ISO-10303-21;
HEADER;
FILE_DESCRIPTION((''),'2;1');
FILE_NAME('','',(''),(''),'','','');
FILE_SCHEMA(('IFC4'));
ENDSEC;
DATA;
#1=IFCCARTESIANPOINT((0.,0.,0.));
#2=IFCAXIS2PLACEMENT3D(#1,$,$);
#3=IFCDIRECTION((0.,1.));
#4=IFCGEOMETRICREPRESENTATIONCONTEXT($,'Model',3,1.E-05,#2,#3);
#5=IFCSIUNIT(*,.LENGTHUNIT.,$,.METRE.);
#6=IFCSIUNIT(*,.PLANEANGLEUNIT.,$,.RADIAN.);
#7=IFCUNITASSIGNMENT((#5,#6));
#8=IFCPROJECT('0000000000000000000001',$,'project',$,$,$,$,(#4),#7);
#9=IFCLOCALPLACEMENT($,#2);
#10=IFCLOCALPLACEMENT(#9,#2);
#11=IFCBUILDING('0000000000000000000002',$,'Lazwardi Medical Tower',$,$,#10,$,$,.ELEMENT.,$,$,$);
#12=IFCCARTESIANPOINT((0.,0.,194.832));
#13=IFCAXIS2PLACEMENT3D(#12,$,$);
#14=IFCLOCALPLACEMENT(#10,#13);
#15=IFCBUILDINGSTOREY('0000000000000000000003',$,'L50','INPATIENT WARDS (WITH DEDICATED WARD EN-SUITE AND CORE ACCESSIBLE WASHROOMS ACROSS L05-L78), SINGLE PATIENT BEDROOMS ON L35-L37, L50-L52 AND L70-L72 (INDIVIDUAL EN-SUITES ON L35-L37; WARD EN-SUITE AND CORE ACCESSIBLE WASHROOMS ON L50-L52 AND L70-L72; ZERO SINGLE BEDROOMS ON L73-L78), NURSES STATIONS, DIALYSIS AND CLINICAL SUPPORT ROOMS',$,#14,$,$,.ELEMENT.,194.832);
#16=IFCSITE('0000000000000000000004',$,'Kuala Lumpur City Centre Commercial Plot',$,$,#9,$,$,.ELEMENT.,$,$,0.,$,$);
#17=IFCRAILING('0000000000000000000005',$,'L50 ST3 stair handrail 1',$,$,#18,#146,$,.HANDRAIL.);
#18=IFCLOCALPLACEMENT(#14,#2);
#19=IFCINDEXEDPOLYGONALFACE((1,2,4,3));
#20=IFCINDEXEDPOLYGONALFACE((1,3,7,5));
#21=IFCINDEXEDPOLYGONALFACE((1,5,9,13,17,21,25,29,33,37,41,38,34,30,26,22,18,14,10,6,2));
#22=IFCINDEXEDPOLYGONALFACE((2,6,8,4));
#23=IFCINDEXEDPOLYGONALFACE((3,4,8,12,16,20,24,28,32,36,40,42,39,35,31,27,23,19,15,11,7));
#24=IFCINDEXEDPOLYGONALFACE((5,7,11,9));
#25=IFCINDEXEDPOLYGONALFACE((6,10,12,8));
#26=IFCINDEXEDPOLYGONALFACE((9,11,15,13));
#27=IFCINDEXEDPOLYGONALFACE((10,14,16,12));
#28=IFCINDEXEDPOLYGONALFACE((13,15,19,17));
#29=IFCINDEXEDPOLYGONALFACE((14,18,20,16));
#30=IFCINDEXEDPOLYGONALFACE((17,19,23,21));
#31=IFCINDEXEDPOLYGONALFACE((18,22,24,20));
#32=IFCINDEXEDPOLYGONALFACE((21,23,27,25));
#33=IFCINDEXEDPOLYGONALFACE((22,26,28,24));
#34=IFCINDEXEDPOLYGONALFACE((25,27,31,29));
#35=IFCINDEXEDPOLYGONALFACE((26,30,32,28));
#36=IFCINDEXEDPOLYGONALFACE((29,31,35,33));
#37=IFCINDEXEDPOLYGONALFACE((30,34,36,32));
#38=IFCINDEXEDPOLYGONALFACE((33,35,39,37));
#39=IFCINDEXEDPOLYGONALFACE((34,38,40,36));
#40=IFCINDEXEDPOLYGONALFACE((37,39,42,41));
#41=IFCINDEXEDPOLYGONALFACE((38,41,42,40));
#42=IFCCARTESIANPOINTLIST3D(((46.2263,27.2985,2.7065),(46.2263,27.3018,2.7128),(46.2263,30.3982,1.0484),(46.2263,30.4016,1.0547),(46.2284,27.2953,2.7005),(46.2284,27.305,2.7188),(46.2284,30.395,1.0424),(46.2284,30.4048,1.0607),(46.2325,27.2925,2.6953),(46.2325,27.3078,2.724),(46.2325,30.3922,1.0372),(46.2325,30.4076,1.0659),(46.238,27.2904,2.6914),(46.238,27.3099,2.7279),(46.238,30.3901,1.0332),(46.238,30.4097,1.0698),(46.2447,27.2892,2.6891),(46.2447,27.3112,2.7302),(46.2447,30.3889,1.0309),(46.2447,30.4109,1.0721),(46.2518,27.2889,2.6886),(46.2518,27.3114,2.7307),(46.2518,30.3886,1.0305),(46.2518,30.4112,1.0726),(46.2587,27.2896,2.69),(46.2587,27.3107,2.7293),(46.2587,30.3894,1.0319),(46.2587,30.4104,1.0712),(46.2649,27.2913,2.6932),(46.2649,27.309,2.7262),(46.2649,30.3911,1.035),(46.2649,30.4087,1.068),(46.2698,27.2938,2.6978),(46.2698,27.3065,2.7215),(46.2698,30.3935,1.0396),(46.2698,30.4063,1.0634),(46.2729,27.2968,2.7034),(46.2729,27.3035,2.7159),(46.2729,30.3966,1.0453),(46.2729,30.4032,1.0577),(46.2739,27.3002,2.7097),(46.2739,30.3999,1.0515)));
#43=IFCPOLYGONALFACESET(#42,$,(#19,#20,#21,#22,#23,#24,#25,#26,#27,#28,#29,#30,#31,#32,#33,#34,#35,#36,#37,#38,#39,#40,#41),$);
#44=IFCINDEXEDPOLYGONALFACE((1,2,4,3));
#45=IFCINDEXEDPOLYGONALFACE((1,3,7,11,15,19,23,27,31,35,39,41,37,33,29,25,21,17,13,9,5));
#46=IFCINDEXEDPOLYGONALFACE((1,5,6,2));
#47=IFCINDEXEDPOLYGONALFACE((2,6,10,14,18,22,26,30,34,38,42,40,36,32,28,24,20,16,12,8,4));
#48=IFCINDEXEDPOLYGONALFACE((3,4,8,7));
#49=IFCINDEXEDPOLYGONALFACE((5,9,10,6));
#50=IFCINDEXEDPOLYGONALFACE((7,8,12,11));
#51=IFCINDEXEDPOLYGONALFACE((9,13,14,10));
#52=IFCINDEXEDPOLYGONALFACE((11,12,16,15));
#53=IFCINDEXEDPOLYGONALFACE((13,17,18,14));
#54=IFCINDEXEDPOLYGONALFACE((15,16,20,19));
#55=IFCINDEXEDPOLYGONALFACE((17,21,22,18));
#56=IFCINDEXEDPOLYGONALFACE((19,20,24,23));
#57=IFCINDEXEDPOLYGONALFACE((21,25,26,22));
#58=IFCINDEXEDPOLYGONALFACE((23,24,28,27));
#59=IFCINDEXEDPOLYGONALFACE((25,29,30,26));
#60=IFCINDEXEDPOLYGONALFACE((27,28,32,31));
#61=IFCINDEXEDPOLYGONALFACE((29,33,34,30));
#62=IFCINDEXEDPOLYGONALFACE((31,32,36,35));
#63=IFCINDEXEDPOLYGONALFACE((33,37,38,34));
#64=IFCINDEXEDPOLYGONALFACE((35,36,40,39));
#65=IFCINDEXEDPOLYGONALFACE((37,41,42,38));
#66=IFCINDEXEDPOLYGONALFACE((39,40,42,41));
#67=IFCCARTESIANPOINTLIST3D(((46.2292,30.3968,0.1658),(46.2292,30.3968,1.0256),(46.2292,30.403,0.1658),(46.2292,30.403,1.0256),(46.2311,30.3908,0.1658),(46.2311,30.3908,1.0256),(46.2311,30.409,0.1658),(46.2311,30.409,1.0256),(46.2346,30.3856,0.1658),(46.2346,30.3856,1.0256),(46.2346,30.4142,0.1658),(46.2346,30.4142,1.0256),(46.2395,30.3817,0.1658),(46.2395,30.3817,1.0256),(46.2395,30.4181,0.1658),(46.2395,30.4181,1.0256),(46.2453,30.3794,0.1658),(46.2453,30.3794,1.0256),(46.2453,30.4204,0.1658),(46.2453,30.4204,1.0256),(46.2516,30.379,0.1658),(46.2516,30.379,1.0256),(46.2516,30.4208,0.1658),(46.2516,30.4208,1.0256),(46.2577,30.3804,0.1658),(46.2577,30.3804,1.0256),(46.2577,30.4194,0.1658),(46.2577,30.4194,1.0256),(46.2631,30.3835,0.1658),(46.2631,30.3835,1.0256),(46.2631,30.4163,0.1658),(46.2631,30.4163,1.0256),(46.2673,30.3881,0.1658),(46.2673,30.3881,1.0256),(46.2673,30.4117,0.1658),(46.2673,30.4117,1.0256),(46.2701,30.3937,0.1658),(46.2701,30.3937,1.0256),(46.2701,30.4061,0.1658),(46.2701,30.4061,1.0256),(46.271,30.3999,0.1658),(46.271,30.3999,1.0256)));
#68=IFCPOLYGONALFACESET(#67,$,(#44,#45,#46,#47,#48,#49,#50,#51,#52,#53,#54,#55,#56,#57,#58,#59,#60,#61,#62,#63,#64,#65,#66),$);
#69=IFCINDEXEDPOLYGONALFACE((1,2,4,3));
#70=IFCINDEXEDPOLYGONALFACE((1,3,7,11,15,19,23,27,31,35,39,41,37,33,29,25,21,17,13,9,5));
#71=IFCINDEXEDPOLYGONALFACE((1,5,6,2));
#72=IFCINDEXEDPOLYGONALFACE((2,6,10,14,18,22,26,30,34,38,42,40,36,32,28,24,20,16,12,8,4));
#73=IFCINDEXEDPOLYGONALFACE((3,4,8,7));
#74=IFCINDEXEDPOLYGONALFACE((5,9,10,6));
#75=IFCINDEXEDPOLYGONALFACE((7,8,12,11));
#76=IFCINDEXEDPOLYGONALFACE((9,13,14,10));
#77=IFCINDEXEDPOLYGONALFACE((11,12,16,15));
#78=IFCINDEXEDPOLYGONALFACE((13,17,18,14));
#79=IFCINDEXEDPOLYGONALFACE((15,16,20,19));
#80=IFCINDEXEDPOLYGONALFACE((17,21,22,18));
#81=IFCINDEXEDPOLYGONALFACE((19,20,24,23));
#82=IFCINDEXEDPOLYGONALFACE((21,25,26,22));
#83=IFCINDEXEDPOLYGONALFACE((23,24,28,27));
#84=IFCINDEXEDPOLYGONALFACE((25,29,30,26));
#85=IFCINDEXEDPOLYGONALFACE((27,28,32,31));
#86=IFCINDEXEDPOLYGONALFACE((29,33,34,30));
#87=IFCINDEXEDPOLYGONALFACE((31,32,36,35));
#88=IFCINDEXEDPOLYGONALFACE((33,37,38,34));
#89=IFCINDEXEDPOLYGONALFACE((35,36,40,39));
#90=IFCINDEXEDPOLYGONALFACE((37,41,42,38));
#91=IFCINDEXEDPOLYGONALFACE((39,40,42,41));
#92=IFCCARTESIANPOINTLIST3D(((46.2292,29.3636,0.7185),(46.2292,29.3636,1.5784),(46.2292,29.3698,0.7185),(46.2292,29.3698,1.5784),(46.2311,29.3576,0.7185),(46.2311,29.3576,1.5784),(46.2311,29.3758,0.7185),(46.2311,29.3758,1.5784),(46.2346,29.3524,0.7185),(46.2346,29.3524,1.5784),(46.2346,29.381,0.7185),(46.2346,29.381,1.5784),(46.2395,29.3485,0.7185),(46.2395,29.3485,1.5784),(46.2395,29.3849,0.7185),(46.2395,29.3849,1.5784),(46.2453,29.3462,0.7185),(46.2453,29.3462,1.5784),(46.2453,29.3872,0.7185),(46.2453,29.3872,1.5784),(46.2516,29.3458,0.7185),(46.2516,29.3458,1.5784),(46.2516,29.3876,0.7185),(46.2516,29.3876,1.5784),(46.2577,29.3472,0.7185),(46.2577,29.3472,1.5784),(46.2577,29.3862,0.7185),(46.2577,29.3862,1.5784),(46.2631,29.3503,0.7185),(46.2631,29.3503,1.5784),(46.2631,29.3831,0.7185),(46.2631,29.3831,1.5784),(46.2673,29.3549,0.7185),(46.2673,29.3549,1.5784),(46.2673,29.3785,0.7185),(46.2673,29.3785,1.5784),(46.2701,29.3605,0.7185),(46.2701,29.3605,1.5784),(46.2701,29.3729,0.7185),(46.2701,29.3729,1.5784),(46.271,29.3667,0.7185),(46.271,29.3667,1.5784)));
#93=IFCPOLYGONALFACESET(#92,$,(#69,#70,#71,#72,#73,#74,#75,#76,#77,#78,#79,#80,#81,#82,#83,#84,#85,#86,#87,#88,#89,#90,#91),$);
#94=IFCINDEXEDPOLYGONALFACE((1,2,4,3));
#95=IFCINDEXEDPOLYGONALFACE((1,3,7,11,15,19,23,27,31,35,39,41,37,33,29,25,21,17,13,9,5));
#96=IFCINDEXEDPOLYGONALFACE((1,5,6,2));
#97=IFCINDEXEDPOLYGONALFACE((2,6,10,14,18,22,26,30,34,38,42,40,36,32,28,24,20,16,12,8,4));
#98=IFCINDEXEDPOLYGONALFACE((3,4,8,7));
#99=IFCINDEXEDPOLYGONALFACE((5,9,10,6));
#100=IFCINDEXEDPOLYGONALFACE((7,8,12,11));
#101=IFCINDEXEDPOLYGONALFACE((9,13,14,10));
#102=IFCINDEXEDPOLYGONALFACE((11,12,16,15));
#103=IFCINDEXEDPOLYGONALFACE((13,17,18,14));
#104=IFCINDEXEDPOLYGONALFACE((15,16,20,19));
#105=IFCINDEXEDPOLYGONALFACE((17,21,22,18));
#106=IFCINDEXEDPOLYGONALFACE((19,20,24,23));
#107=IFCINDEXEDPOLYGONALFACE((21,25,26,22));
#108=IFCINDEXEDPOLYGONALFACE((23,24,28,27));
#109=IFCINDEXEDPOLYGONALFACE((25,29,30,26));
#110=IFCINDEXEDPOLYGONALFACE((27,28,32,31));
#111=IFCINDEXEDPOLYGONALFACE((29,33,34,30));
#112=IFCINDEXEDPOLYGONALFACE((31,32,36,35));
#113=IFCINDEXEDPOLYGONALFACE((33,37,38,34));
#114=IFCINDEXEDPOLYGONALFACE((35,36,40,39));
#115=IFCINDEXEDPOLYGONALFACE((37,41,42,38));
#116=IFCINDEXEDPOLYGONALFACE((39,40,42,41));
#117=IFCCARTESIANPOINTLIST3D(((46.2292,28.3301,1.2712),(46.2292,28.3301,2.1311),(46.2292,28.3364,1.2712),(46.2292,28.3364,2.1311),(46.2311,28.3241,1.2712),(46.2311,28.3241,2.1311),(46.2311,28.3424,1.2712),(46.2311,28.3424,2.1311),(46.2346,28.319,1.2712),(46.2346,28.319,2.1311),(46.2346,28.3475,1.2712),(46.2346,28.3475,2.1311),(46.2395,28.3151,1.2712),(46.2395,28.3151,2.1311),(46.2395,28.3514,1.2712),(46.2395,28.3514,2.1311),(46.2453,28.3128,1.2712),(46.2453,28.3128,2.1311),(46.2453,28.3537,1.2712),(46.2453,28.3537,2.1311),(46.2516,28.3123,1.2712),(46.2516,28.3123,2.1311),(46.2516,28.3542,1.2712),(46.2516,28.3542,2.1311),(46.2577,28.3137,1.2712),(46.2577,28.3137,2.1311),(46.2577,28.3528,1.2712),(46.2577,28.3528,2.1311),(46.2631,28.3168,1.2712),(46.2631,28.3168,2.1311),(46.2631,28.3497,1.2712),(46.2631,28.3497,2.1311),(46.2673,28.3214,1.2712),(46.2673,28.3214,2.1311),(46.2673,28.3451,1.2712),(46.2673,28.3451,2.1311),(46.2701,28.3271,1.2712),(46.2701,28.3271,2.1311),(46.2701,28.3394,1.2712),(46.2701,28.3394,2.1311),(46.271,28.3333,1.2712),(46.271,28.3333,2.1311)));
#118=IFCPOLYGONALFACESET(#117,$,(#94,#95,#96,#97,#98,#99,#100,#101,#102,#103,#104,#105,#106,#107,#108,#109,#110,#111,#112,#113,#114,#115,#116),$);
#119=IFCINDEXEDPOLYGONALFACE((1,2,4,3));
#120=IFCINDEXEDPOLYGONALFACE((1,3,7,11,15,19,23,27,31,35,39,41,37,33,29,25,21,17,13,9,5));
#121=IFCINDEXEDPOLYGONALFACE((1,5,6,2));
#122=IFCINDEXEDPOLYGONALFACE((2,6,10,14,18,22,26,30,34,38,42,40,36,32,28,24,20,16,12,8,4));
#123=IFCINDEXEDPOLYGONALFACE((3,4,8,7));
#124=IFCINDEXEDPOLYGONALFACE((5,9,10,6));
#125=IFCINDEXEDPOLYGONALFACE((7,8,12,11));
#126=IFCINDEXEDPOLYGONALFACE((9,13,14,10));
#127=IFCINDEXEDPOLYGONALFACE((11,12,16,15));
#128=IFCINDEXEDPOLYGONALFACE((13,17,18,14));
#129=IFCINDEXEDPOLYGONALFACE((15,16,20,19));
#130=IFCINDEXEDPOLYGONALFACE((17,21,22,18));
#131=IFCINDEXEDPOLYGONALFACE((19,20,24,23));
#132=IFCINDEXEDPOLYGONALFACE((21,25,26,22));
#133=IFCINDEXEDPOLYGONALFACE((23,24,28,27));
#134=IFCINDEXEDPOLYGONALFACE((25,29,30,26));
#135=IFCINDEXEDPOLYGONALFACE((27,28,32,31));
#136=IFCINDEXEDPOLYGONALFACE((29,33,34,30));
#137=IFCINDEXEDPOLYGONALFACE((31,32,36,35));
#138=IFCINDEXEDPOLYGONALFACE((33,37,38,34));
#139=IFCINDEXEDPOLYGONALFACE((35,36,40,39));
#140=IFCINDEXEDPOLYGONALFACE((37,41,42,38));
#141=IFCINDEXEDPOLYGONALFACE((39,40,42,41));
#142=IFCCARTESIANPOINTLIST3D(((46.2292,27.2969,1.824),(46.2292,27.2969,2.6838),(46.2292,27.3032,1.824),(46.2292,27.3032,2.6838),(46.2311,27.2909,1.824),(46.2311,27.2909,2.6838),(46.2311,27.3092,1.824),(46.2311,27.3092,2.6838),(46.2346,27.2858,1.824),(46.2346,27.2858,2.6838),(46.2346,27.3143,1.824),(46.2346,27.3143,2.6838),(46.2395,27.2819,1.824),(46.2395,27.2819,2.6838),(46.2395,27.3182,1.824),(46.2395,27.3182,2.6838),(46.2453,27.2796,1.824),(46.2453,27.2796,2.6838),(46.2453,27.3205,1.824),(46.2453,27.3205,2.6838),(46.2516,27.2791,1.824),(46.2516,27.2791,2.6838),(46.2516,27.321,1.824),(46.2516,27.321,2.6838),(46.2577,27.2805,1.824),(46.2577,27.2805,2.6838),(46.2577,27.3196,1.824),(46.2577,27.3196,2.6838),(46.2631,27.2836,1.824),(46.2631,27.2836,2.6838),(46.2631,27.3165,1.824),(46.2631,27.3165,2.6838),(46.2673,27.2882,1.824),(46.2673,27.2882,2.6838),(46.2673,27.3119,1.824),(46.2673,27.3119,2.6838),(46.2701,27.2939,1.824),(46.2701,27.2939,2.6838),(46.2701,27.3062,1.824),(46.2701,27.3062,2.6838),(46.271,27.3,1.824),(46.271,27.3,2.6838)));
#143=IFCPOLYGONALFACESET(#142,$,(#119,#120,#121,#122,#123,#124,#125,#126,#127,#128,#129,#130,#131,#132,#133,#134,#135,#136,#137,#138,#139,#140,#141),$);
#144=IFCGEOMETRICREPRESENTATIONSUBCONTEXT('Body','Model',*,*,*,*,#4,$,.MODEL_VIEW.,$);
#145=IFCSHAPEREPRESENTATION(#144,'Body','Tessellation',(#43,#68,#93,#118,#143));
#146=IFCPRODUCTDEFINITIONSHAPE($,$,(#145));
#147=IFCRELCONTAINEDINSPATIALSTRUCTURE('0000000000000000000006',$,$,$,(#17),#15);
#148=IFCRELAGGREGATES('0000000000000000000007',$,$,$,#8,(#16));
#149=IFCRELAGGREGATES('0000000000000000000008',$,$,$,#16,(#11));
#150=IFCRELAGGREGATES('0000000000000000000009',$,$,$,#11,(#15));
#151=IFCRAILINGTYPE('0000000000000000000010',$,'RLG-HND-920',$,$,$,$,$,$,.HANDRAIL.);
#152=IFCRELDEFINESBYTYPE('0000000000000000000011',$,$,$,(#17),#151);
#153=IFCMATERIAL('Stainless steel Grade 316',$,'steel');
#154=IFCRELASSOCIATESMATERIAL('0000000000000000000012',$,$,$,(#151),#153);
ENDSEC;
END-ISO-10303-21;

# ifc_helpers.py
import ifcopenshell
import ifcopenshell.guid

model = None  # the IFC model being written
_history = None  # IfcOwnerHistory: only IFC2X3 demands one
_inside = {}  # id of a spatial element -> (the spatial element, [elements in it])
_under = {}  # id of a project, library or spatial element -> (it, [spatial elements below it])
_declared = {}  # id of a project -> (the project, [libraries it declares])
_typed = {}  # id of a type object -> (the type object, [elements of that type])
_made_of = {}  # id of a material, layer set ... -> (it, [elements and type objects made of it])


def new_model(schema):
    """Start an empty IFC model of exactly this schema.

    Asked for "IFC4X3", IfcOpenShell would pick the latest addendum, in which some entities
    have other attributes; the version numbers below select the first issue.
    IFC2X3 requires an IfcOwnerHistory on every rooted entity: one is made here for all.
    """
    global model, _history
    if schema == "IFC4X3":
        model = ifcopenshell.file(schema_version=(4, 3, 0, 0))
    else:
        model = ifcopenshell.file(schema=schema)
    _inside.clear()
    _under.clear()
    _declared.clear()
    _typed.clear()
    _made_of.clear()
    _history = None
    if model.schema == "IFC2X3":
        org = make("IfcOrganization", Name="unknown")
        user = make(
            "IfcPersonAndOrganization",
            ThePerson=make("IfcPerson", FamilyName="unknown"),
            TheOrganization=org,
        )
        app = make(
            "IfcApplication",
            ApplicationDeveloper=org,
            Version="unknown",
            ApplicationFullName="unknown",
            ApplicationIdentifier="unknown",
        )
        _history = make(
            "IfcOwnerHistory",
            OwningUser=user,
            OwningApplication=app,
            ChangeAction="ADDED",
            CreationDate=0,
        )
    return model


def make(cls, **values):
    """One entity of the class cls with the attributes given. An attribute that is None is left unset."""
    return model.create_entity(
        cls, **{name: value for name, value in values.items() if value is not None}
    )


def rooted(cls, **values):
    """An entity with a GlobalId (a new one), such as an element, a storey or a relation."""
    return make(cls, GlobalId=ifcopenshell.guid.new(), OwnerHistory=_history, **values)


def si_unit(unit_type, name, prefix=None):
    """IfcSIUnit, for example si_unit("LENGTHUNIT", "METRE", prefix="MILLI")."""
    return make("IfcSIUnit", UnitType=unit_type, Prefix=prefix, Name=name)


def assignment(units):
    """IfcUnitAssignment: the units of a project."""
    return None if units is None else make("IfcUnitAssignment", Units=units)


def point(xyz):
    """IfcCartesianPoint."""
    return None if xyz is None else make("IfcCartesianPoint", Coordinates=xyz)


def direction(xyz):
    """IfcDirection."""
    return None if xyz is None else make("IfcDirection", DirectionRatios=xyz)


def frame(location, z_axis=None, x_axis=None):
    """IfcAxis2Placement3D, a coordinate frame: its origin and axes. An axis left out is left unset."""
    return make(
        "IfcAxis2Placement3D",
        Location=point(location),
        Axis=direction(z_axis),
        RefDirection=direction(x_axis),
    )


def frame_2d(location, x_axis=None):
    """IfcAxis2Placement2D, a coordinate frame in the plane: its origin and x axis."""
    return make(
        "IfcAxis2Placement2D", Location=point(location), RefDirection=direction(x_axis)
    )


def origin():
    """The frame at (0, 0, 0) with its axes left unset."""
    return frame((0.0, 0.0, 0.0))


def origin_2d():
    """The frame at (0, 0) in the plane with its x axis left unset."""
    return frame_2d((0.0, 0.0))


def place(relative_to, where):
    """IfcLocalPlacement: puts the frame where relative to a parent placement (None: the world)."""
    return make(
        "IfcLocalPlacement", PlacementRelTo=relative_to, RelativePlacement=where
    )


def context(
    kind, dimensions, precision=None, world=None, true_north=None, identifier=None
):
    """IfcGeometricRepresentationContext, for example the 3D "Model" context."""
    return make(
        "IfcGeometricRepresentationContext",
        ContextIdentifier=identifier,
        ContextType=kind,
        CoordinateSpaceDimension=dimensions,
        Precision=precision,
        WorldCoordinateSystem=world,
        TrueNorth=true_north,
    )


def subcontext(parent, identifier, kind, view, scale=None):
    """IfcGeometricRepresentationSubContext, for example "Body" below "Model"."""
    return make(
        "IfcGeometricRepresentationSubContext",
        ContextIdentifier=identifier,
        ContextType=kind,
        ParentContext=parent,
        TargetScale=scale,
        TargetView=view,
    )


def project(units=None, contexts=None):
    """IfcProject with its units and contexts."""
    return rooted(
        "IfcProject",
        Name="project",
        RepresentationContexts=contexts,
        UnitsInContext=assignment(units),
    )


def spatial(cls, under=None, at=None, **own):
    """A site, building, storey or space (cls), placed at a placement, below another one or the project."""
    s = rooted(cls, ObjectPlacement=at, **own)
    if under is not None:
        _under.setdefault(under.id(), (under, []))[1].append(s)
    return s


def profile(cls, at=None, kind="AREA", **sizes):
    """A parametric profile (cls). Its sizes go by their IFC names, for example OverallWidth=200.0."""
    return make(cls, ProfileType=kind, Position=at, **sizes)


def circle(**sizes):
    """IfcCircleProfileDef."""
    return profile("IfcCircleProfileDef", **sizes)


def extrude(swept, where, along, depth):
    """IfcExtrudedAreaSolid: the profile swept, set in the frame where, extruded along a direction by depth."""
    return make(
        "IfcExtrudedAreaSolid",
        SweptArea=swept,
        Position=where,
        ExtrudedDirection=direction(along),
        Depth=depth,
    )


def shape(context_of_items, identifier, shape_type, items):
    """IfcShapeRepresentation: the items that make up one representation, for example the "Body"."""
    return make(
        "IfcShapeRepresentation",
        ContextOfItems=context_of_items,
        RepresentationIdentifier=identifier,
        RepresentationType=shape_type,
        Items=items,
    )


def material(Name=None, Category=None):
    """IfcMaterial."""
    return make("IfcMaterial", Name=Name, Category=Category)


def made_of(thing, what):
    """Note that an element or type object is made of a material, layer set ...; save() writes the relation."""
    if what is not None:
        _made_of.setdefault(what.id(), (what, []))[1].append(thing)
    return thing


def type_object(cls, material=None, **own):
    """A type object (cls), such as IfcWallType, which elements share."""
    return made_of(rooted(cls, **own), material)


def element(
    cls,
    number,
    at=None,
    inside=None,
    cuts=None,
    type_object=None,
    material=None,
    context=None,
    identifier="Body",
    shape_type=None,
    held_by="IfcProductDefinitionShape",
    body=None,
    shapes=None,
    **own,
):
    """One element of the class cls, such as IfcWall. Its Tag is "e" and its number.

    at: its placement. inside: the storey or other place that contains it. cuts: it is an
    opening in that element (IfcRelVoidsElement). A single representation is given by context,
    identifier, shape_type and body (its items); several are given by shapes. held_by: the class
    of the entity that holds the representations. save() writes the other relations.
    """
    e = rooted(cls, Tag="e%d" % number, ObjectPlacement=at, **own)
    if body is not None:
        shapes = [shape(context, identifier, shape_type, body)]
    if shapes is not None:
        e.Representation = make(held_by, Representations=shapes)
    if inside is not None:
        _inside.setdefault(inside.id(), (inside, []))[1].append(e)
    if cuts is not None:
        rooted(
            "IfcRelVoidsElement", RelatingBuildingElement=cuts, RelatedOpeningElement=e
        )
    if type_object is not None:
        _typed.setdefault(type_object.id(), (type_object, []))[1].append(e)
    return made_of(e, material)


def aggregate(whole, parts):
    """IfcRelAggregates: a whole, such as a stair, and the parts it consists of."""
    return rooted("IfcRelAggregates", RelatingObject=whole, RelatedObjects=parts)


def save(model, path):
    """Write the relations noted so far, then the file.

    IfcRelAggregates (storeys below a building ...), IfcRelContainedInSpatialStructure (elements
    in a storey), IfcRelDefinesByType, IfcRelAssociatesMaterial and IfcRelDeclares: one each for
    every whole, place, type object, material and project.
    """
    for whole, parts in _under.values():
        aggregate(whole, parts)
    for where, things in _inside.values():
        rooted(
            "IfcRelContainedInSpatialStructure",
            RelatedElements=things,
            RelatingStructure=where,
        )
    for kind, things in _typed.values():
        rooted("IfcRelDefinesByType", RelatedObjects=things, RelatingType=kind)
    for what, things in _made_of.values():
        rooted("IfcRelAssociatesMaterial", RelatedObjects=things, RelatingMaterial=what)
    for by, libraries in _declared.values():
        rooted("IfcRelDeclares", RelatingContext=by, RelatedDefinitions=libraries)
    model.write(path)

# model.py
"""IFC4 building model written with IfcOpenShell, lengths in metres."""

from ifc_helpers import new_model, si_unit, direction, frame, origin, origin_2d, place, context, subcontext, project, spatial, circle, extrude, material, type_object, element, save


model = new_model("IFC4")

# Units and contexts
model_context = context("Model", 3, precision=1e-05, world=origin(), true_north=direction((0.0, 1.0)))
body_context = subcontext(model_context, "Body", "Model", "MODEL_VIEW")
ifc_project = project(units=[si_unit("LENGTHUNIT", "METRE"), si_unit("PLANEANGLEUNIT", "RADIAN")], contexts=[model_context])

# Site, building, storey
site_placement = place(None, origin())
site = spatial("IfcSite", under=ifc_project, at=site_placement, Name="Kuala Lumpur City Centre Commercial Plot", CompositionType="ELEMENT", RefElevation=0.0)
building_placement = place(site_placement, origin())
building = spatial("IfcBuilding", under=site, at=building_placement, Name="Lazwardi Medical Tower", CompositionType="ELEMENT")
storey_placement = place(building_placement, frame((0.0, 0.0, 194.832)))
storey = spatial("IfcBuildingStorey", under=building, at=storey_placement, Name="L50", Description="INPATIENT WARDS (WITH DEDICATED WARD EN-SUITE AND CORE ACCESSIBLE WASHROOMS ACROSS L05-L78), SINGLE PATIENT BEDROOMS ON L35-L37, L50-L52 AND L70-L72 (INDIVIDUAL EN-SUITES ON L35-L37; WARD EN-SUITE AND CORE ACCESSIBLE WASHROOMS ON L50-L52 AND L70-L72; ZERO SINGLE BEDROOMS ON L73-L78), NURSES STATIONS, DIALYSIS AND CLINICAL SUPPORT ROOMS", CompositionType="ELEMENT", Elevation=194.832)

# Railing
ifc_material_1 = material(Name="Stainless steel Grade 316", Category="steel")
railing_type_1 = type_object("IfcRailingType", Name="RLG-HND-920", PredefinedType="HANDRAIL", material=ifc_material_1)
railing_1_placement = place(storey_placement, frame((46.25, 30.3999, 0.1658)))
element("IfcRailing", 1, at=railing_1_placement, inside=storey, type_object=railing_type_1, Name="L50 ST3 stair handrail 1", PredefinedType="HANDRAIL", context=body_context, shape_type="SweptSolid", body=[
    extrude(circle(Radius=0.0239, at=origin_2d()), frame((0.0, 0.0, 0.8857), z_axis=(0.0, -0.881768, 0.471684), x_axis=(1.0, 0.0, 0.0)), (0.0, 0.0, 1.0), 3.5154),
    extrude(circle(Radius=0.021, at=origin_2d()), origin(), (0.0, 0.0, 1.0), 0.8599),
    extrude(circle(Radius=0.021, at=origin_2d()), frame((0.0, -1.0332, 0.5527)), (0.0, 0.0, 1.0), 0.8599),
    extrude(circle(Radius=0.021, at=origin_2d()), frame((0.0, -2.0667, 1.1055)), (0.0, 0.0, 1.0), 0.8599),
    extrude(circle(Radius=0.021, at=origin_2d()), frame((0.0, -3.0999, 1.6582)), (0.0, 0.0, 1.0), 0.8599),
])

save(model, "model.ifc")
